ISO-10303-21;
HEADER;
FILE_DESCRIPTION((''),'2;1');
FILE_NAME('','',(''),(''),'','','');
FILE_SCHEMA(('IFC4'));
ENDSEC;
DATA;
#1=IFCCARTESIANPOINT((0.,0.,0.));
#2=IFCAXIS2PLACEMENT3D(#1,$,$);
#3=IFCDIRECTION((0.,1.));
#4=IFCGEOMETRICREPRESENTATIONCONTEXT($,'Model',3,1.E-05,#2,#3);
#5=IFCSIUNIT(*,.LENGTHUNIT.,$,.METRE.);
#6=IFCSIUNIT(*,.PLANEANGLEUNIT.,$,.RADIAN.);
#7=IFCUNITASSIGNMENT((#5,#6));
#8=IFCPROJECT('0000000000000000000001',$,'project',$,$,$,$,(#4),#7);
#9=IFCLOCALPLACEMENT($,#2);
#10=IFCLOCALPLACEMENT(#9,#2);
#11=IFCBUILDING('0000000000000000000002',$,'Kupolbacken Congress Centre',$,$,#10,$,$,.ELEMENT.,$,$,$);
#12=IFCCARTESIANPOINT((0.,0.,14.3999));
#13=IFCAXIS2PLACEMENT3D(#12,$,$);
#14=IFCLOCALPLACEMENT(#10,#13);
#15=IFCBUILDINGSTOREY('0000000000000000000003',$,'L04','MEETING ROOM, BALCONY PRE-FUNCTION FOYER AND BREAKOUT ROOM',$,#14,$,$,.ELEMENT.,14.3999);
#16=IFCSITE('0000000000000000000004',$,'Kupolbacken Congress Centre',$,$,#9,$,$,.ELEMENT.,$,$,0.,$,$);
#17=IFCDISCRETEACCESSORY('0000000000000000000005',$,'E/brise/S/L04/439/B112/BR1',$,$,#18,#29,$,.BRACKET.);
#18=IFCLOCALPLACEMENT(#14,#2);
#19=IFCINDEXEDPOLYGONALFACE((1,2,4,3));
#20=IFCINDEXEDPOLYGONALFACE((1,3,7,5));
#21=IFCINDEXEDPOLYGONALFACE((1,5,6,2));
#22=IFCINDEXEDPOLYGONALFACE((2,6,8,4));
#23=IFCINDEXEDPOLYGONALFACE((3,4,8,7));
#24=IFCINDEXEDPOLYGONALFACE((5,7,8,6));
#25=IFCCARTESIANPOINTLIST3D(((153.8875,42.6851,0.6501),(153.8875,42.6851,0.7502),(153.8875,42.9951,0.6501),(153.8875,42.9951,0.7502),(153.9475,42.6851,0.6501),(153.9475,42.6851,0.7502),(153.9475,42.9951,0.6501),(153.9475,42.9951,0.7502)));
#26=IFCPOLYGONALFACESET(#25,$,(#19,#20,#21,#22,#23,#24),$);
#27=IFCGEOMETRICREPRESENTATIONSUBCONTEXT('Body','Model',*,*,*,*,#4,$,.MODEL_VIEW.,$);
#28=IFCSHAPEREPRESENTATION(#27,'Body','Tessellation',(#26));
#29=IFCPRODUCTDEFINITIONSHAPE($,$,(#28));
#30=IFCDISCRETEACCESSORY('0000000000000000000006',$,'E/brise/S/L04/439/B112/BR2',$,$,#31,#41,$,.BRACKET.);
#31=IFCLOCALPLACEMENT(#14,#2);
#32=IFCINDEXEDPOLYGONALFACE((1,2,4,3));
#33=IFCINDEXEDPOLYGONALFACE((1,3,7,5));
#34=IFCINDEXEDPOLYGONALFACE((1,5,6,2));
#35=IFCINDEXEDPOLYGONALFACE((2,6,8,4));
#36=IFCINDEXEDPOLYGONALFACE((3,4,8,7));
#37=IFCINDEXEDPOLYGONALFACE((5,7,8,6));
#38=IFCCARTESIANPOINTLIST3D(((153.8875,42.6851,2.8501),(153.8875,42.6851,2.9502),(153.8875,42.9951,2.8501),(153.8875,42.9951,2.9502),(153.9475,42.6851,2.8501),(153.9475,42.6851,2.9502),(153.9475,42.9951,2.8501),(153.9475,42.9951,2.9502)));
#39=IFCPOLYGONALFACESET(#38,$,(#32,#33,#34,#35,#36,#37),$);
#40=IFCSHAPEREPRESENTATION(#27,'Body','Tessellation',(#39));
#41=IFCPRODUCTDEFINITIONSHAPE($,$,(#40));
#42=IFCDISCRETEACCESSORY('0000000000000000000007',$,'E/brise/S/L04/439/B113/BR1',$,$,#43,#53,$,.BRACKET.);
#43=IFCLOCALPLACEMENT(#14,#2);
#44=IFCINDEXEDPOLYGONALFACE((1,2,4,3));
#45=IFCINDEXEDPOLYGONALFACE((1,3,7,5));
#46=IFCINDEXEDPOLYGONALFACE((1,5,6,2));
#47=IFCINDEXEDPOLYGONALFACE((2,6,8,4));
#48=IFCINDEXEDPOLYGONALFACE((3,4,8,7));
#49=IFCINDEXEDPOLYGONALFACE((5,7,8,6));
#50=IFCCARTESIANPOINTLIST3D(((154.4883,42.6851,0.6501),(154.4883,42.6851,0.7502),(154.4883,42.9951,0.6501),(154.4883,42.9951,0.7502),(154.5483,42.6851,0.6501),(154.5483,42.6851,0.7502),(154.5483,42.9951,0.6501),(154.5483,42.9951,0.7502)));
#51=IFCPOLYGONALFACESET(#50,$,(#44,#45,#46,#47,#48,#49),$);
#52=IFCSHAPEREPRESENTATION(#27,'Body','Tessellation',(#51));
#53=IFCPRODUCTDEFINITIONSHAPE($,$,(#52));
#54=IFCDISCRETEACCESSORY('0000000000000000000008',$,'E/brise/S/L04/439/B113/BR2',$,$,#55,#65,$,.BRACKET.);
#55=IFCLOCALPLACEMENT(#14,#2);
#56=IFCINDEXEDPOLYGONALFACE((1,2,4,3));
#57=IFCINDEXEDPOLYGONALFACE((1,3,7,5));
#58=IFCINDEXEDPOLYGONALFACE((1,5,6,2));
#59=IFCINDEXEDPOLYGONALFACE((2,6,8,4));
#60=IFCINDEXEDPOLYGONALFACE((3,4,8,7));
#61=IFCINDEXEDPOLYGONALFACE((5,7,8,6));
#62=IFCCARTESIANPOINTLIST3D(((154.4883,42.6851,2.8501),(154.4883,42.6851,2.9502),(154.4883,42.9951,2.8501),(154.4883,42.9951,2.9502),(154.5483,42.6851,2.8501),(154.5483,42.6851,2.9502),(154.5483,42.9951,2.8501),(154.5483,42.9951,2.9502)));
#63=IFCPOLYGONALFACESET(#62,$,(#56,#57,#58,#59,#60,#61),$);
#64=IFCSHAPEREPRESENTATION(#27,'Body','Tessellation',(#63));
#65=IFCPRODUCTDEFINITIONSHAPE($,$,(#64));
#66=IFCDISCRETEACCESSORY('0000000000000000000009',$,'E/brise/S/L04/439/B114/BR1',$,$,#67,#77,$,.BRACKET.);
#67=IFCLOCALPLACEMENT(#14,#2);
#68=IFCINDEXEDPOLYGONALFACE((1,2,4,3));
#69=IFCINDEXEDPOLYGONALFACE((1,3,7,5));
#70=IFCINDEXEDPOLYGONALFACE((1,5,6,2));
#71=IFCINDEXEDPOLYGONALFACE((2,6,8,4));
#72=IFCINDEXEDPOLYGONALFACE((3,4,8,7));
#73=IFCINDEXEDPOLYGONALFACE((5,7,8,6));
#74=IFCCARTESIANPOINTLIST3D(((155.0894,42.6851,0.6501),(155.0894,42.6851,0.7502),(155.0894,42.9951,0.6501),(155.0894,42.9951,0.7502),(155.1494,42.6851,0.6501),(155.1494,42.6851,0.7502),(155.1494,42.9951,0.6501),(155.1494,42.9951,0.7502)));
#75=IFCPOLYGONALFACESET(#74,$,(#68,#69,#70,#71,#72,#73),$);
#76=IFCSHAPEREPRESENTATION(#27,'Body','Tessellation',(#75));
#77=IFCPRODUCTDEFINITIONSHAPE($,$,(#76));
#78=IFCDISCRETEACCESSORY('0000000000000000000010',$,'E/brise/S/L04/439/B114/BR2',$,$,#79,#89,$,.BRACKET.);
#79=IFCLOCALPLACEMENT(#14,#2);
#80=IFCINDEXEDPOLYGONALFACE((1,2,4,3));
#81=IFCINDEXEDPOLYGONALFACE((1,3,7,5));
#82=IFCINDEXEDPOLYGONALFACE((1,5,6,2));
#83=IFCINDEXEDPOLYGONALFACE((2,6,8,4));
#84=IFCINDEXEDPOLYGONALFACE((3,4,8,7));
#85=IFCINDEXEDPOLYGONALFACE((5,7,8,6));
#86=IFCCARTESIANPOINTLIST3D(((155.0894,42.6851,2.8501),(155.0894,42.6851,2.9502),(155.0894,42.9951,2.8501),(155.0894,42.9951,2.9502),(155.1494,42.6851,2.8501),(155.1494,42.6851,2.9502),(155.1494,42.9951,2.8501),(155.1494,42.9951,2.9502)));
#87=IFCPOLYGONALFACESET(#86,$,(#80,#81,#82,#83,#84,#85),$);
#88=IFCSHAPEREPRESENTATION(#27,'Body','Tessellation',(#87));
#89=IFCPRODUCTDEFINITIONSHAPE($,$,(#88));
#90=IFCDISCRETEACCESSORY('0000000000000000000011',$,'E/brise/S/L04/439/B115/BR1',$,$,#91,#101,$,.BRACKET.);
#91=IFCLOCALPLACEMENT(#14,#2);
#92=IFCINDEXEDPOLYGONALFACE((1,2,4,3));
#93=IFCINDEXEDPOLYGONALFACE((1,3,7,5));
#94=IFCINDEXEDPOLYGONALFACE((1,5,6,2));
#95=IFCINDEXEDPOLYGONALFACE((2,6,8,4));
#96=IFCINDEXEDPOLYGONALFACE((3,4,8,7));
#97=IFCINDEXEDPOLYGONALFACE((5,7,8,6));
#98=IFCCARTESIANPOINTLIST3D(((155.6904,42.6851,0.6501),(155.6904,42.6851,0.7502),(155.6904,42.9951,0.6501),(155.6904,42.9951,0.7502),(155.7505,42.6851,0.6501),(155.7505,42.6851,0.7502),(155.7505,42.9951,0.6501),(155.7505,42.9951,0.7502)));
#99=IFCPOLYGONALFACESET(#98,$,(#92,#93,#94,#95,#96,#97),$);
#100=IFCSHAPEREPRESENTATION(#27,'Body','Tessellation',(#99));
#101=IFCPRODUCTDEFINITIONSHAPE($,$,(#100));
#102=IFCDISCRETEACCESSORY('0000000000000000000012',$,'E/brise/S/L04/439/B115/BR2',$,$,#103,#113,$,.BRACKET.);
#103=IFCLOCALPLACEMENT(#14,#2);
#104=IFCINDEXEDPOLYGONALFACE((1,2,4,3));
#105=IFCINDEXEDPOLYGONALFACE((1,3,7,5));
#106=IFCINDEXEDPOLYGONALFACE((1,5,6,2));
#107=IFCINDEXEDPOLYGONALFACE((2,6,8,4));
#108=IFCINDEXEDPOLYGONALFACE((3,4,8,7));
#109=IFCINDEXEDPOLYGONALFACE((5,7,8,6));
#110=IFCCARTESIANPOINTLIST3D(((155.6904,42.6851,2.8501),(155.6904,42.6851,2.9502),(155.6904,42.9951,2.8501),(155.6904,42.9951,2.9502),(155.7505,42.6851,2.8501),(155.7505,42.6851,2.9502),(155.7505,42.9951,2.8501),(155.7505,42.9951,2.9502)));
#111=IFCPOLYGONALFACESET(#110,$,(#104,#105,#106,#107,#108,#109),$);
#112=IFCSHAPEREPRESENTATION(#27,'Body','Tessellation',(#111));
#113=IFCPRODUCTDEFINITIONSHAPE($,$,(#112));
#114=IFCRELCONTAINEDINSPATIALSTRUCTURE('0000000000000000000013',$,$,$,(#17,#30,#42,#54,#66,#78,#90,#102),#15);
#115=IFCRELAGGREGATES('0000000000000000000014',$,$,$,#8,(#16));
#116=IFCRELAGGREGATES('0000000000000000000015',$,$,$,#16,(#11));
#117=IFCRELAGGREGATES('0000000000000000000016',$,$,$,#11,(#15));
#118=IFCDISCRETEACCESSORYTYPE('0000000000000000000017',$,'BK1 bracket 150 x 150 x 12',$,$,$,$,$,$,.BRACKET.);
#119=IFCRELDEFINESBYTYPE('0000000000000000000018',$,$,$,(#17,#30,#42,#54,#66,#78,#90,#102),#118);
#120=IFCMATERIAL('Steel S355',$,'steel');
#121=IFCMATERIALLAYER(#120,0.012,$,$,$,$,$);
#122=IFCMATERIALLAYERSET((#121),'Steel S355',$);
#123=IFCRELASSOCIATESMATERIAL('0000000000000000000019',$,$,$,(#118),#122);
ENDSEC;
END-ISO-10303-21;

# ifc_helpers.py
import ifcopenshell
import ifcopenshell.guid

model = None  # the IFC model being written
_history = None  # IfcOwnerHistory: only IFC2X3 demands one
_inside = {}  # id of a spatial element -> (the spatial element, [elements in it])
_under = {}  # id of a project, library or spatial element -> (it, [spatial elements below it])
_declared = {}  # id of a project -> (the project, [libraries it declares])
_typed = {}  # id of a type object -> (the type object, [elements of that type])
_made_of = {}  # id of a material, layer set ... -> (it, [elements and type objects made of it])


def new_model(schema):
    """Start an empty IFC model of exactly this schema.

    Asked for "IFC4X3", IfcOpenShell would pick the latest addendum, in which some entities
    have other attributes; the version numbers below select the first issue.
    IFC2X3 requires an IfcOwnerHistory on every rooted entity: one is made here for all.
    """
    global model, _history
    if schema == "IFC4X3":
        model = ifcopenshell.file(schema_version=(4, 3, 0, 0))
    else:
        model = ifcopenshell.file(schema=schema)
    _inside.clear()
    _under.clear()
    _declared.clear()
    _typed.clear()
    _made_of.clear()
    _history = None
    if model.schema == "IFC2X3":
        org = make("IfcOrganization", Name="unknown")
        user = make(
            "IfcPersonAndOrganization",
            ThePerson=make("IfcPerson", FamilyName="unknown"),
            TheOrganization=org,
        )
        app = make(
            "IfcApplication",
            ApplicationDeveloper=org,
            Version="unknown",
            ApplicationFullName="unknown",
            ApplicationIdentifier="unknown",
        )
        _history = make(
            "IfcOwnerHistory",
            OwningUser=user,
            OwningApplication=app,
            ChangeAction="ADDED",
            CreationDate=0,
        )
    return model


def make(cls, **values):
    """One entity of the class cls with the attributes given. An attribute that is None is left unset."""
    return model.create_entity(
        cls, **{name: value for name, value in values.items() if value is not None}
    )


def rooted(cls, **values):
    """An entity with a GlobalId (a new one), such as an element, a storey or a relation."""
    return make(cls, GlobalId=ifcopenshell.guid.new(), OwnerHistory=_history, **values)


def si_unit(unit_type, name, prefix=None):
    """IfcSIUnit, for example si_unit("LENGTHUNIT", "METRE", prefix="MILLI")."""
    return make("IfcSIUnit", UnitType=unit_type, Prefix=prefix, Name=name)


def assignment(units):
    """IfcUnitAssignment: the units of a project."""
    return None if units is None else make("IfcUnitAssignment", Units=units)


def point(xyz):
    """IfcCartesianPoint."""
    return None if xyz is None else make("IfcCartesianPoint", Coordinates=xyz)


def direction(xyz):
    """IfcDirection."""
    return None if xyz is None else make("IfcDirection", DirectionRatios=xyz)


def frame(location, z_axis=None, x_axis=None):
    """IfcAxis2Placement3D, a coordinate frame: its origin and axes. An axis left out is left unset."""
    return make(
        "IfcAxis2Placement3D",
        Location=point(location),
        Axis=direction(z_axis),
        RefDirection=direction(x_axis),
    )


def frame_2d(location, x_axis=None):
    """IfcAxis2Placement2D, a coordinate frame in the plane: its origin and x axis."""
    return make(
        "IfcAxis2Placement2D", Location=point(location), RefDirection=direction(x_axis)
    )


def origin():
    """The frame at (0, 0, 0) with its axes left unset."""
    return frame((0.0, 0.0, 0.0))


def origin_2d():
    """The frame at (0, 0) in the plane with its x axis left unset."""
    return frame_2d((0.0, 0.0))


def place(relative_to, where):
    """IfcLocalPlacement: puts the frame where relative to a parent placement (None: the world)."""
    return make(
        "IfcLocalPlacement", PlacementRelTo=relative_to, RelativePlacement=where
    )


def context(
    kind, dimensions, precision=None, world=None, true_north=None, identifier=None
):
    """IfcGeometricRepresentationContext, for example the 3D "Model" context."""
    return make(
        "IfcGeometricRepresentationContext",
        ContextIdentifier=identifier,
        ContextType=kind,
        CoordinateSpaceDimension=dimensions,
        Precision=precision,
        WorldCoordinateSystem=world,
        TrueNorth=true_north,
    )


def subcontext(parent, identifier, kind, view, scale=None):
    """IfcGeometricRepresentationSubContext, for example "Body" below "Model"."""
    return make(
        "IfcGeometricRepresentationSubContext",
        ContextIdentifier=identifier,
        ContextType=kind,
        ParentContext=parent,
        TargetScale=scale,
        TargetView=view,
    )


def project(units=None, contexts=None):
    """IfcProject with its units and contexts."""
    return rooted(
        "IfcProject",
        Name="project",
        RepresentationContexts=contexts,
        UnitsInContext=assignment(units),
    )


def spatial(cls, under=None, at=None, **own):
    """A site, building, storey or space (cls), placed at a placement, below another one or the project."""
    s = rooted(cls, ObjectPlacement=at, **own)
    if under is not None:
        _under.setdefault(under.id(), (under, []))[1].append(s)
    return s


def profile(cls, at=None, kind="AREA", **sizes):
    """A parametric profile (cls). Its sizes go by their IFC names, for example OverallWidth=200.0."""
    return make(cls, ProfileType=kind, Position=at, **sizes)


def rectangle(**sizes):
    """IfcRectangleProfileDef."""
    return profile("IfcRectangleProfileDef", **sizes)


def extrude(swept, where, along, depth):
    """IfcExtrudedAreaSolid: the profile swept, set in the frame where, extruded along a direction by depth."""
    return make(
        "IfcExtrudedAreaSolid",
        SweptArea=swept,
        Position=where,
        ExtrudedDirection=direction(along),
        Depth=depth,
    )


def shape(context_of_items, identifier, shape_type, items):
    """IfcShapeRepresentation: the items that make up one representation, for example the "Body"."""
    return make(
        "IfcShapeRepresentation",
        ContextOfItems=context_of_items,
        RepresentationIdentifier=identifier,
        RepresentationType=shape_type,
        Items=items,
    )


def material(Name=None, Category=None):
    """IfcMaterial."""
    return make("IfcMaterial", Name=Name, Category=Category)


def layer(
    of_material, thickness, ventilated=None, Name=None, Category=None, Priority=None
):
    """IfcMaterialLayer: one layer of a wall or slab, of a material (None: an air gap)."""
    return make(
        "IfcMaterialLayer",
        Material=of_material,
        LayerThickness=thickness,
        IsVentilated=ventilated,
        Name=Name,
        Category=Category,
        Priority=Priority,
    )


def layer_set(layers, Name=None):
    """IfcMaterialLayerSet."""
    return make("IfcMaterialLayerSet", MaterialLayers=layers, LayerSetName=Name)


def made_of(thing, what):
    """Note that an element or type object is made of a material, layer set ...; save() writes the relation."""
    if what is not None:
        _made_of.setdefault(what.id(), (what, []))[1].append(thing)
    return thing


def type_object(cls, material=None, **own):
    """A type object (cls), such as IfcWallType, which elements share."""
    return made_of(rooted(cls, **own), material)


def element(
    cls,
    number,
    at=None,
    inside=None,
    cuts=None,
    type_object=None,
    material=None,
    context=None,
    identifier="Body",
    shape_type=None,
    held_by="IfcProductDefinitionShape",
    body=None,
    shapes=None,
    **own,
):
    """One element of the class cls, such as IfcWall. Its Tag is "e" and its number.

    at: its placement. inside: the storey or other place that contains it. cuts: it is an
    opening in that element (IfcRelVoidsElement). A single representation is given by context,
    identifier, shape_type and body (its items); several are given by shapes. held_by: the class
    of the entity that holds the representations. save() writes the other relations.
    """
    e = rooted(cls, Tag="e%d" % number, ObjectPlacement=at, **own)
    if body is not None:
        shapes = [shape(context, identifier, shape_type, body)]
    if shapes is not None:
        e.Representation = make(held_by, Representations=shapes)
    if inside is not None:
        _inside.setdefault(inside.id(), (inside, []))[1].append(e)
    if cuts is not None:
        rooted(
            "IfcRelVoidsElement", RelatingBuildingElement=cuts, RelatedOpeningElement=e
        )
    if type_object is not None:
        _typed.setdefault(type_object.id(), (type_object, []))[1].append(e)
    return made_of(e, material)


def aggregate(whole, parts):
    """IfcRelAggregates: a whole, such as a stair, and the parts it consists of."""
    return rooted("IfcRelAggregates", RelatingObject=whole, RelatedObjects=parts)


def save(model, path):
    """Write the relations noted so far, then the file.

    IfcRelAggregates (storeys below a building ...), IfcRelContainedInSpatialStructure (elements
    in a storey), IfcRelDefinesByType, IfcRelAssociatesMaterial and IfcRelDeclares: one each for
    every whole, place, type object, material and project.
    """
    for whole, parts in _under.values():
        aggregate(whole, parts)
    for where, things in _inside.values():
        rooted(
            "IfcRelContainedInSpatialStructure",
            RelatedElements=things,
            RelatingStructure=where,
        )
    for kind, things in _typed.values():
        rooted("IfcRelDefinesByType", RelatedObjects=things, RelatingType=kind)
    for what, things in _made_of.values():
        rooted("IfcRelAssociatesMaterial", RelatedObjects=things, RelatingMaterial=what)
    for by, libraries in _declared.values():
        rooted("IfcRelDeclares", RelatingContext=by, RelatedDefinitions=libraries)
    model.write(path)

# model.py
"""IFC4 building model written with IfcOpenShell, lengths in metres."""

from ifc_helpers import new_model, si_unit, direction, frame, origin, origin_2d, place, context, subcontext, project, spatial, rectangle, extrude, material, layer, layer_set, type_object, element, save


model = new_model("IFC4")

# Units and contexts
model_context = context("Model", 3, precision=1e-05, world=origin(), true_north=direction((0.0, 1.0)))
body_context = subcontext(model_context, "Body", "Model", "MODEL_VIEW")
ifc_project = project(units=[si_unit("LENGTHUNIT", "METRE"), si_unit("PLANEANGLEUNIT", "RADIAN")], contexts=[model_context])

# Site, building, storey
site_placement = place(None, origin())
site = spatial("IfcSite", under=ifc_project, at=site_placement, Name="Kupolbacken Congress Centre", CompositionType="ELEMENT", RefElevation=0.0)
building_placement = place(site_placement, origin())
building = spatial("IfcBuilding", under=site, at=building_placement, Name="Kupolbacken Congress Centre", CompositionType="ELEMENT")
storey_placement = place(building_placement, frame((0.0, 0.0, 14.3999)))
storey = spatial("IfcBuildingStorey", under=building, at=storey_placement, Name="L04", Description="MEETING ROOM, BALCONY PRE-FUNCTION FOYER AND BREAKOUT ROOM", CompositionType="ELEMENT", Elevation=14.3999)

# Discrete accessories
ifc_material_1 = material(Name="Steel S355", Category="steel")
ifc_layer_1 = layer(ifc_material_1, 0.012)
ifc_layer_set_1 = layer_set([ifc_layer_1], Name="Steel S355")
discrete_accessory_type = type_object("IfcDiscreteAccessoryType", Name="BK1 bracket 150 x 150 x 12", PredefinedType="BRACKET", material=ifc_layer_set_1)
for number, where, z_axis, x_axis, name in (
    (1, (153.9175, 42.8401, 0.6501), (0.0, 0.0, 1.0), (1.0, 0.0, 0.0), "E/brise/S/L04/439/B112/BR1"),
    (2, (153.9175, 42.8401, 2.8501), (0.0, 0.0, 1.0), (1.0, 0.0, 0.0), "E/brise/S/L04/439/B112/BR2"),
    (3, (154.5183, 42.8401, 0.6501), (0.0, 0.0, 1.0), (1.0, 0.0, 0.0), "E/brise/S/L04/439/B113/BR1"),
    (4, (154.5183, 42.8401, 2.8501), (0.0, 0.0, 1.0), (1.0, 0.0, 0.0), "E/brise/S/L04/439/B113/BR2"),
    (5, (155.1194, 42.8401, 0.6501), (0.0, 0.0, 1.0), (1.0, 0.0, 0.0), "E/brise/S/L04/439/B114/BR1"),
    (6, (155.1194, 42.8401, 2.8501), (0.0, 0.0, 1.0), (1.0, 0.0, 0.0), "E/brise/S/L04/439/B114/BR2"),
    (7, (155.7205, 42.8401, 0.6501), (0.0, 0.0, 1.0), (1.0, 0.0, 0.0), "E/brise/S/L04/439/B115/BR1"),
    (8, (155.7205, 42.8401, 2.8501), (0.0, 0.0, 1.0), (1.0, 0.0, 0.0), "E/brise/S/L04/439/B115/BR2"),
):
    element("IfcDiscreteAccessory", number, at=place(storey_placement, frame(where, z_axis=z_axis, x_axis=x_axis)), inside=storey, type_object=discrete_accessory_type, Name=name, PredefinedType="BRACKET", context=body_context, shape_type="SweptSolid", body=[
        extrude(rectangle(XDim=0.0601, YDim=0.3101, at=origin_2d()), origin(), (0.0, 0.0, 1.0), 0.1001),
    ])

save(model, "model.ifc")
